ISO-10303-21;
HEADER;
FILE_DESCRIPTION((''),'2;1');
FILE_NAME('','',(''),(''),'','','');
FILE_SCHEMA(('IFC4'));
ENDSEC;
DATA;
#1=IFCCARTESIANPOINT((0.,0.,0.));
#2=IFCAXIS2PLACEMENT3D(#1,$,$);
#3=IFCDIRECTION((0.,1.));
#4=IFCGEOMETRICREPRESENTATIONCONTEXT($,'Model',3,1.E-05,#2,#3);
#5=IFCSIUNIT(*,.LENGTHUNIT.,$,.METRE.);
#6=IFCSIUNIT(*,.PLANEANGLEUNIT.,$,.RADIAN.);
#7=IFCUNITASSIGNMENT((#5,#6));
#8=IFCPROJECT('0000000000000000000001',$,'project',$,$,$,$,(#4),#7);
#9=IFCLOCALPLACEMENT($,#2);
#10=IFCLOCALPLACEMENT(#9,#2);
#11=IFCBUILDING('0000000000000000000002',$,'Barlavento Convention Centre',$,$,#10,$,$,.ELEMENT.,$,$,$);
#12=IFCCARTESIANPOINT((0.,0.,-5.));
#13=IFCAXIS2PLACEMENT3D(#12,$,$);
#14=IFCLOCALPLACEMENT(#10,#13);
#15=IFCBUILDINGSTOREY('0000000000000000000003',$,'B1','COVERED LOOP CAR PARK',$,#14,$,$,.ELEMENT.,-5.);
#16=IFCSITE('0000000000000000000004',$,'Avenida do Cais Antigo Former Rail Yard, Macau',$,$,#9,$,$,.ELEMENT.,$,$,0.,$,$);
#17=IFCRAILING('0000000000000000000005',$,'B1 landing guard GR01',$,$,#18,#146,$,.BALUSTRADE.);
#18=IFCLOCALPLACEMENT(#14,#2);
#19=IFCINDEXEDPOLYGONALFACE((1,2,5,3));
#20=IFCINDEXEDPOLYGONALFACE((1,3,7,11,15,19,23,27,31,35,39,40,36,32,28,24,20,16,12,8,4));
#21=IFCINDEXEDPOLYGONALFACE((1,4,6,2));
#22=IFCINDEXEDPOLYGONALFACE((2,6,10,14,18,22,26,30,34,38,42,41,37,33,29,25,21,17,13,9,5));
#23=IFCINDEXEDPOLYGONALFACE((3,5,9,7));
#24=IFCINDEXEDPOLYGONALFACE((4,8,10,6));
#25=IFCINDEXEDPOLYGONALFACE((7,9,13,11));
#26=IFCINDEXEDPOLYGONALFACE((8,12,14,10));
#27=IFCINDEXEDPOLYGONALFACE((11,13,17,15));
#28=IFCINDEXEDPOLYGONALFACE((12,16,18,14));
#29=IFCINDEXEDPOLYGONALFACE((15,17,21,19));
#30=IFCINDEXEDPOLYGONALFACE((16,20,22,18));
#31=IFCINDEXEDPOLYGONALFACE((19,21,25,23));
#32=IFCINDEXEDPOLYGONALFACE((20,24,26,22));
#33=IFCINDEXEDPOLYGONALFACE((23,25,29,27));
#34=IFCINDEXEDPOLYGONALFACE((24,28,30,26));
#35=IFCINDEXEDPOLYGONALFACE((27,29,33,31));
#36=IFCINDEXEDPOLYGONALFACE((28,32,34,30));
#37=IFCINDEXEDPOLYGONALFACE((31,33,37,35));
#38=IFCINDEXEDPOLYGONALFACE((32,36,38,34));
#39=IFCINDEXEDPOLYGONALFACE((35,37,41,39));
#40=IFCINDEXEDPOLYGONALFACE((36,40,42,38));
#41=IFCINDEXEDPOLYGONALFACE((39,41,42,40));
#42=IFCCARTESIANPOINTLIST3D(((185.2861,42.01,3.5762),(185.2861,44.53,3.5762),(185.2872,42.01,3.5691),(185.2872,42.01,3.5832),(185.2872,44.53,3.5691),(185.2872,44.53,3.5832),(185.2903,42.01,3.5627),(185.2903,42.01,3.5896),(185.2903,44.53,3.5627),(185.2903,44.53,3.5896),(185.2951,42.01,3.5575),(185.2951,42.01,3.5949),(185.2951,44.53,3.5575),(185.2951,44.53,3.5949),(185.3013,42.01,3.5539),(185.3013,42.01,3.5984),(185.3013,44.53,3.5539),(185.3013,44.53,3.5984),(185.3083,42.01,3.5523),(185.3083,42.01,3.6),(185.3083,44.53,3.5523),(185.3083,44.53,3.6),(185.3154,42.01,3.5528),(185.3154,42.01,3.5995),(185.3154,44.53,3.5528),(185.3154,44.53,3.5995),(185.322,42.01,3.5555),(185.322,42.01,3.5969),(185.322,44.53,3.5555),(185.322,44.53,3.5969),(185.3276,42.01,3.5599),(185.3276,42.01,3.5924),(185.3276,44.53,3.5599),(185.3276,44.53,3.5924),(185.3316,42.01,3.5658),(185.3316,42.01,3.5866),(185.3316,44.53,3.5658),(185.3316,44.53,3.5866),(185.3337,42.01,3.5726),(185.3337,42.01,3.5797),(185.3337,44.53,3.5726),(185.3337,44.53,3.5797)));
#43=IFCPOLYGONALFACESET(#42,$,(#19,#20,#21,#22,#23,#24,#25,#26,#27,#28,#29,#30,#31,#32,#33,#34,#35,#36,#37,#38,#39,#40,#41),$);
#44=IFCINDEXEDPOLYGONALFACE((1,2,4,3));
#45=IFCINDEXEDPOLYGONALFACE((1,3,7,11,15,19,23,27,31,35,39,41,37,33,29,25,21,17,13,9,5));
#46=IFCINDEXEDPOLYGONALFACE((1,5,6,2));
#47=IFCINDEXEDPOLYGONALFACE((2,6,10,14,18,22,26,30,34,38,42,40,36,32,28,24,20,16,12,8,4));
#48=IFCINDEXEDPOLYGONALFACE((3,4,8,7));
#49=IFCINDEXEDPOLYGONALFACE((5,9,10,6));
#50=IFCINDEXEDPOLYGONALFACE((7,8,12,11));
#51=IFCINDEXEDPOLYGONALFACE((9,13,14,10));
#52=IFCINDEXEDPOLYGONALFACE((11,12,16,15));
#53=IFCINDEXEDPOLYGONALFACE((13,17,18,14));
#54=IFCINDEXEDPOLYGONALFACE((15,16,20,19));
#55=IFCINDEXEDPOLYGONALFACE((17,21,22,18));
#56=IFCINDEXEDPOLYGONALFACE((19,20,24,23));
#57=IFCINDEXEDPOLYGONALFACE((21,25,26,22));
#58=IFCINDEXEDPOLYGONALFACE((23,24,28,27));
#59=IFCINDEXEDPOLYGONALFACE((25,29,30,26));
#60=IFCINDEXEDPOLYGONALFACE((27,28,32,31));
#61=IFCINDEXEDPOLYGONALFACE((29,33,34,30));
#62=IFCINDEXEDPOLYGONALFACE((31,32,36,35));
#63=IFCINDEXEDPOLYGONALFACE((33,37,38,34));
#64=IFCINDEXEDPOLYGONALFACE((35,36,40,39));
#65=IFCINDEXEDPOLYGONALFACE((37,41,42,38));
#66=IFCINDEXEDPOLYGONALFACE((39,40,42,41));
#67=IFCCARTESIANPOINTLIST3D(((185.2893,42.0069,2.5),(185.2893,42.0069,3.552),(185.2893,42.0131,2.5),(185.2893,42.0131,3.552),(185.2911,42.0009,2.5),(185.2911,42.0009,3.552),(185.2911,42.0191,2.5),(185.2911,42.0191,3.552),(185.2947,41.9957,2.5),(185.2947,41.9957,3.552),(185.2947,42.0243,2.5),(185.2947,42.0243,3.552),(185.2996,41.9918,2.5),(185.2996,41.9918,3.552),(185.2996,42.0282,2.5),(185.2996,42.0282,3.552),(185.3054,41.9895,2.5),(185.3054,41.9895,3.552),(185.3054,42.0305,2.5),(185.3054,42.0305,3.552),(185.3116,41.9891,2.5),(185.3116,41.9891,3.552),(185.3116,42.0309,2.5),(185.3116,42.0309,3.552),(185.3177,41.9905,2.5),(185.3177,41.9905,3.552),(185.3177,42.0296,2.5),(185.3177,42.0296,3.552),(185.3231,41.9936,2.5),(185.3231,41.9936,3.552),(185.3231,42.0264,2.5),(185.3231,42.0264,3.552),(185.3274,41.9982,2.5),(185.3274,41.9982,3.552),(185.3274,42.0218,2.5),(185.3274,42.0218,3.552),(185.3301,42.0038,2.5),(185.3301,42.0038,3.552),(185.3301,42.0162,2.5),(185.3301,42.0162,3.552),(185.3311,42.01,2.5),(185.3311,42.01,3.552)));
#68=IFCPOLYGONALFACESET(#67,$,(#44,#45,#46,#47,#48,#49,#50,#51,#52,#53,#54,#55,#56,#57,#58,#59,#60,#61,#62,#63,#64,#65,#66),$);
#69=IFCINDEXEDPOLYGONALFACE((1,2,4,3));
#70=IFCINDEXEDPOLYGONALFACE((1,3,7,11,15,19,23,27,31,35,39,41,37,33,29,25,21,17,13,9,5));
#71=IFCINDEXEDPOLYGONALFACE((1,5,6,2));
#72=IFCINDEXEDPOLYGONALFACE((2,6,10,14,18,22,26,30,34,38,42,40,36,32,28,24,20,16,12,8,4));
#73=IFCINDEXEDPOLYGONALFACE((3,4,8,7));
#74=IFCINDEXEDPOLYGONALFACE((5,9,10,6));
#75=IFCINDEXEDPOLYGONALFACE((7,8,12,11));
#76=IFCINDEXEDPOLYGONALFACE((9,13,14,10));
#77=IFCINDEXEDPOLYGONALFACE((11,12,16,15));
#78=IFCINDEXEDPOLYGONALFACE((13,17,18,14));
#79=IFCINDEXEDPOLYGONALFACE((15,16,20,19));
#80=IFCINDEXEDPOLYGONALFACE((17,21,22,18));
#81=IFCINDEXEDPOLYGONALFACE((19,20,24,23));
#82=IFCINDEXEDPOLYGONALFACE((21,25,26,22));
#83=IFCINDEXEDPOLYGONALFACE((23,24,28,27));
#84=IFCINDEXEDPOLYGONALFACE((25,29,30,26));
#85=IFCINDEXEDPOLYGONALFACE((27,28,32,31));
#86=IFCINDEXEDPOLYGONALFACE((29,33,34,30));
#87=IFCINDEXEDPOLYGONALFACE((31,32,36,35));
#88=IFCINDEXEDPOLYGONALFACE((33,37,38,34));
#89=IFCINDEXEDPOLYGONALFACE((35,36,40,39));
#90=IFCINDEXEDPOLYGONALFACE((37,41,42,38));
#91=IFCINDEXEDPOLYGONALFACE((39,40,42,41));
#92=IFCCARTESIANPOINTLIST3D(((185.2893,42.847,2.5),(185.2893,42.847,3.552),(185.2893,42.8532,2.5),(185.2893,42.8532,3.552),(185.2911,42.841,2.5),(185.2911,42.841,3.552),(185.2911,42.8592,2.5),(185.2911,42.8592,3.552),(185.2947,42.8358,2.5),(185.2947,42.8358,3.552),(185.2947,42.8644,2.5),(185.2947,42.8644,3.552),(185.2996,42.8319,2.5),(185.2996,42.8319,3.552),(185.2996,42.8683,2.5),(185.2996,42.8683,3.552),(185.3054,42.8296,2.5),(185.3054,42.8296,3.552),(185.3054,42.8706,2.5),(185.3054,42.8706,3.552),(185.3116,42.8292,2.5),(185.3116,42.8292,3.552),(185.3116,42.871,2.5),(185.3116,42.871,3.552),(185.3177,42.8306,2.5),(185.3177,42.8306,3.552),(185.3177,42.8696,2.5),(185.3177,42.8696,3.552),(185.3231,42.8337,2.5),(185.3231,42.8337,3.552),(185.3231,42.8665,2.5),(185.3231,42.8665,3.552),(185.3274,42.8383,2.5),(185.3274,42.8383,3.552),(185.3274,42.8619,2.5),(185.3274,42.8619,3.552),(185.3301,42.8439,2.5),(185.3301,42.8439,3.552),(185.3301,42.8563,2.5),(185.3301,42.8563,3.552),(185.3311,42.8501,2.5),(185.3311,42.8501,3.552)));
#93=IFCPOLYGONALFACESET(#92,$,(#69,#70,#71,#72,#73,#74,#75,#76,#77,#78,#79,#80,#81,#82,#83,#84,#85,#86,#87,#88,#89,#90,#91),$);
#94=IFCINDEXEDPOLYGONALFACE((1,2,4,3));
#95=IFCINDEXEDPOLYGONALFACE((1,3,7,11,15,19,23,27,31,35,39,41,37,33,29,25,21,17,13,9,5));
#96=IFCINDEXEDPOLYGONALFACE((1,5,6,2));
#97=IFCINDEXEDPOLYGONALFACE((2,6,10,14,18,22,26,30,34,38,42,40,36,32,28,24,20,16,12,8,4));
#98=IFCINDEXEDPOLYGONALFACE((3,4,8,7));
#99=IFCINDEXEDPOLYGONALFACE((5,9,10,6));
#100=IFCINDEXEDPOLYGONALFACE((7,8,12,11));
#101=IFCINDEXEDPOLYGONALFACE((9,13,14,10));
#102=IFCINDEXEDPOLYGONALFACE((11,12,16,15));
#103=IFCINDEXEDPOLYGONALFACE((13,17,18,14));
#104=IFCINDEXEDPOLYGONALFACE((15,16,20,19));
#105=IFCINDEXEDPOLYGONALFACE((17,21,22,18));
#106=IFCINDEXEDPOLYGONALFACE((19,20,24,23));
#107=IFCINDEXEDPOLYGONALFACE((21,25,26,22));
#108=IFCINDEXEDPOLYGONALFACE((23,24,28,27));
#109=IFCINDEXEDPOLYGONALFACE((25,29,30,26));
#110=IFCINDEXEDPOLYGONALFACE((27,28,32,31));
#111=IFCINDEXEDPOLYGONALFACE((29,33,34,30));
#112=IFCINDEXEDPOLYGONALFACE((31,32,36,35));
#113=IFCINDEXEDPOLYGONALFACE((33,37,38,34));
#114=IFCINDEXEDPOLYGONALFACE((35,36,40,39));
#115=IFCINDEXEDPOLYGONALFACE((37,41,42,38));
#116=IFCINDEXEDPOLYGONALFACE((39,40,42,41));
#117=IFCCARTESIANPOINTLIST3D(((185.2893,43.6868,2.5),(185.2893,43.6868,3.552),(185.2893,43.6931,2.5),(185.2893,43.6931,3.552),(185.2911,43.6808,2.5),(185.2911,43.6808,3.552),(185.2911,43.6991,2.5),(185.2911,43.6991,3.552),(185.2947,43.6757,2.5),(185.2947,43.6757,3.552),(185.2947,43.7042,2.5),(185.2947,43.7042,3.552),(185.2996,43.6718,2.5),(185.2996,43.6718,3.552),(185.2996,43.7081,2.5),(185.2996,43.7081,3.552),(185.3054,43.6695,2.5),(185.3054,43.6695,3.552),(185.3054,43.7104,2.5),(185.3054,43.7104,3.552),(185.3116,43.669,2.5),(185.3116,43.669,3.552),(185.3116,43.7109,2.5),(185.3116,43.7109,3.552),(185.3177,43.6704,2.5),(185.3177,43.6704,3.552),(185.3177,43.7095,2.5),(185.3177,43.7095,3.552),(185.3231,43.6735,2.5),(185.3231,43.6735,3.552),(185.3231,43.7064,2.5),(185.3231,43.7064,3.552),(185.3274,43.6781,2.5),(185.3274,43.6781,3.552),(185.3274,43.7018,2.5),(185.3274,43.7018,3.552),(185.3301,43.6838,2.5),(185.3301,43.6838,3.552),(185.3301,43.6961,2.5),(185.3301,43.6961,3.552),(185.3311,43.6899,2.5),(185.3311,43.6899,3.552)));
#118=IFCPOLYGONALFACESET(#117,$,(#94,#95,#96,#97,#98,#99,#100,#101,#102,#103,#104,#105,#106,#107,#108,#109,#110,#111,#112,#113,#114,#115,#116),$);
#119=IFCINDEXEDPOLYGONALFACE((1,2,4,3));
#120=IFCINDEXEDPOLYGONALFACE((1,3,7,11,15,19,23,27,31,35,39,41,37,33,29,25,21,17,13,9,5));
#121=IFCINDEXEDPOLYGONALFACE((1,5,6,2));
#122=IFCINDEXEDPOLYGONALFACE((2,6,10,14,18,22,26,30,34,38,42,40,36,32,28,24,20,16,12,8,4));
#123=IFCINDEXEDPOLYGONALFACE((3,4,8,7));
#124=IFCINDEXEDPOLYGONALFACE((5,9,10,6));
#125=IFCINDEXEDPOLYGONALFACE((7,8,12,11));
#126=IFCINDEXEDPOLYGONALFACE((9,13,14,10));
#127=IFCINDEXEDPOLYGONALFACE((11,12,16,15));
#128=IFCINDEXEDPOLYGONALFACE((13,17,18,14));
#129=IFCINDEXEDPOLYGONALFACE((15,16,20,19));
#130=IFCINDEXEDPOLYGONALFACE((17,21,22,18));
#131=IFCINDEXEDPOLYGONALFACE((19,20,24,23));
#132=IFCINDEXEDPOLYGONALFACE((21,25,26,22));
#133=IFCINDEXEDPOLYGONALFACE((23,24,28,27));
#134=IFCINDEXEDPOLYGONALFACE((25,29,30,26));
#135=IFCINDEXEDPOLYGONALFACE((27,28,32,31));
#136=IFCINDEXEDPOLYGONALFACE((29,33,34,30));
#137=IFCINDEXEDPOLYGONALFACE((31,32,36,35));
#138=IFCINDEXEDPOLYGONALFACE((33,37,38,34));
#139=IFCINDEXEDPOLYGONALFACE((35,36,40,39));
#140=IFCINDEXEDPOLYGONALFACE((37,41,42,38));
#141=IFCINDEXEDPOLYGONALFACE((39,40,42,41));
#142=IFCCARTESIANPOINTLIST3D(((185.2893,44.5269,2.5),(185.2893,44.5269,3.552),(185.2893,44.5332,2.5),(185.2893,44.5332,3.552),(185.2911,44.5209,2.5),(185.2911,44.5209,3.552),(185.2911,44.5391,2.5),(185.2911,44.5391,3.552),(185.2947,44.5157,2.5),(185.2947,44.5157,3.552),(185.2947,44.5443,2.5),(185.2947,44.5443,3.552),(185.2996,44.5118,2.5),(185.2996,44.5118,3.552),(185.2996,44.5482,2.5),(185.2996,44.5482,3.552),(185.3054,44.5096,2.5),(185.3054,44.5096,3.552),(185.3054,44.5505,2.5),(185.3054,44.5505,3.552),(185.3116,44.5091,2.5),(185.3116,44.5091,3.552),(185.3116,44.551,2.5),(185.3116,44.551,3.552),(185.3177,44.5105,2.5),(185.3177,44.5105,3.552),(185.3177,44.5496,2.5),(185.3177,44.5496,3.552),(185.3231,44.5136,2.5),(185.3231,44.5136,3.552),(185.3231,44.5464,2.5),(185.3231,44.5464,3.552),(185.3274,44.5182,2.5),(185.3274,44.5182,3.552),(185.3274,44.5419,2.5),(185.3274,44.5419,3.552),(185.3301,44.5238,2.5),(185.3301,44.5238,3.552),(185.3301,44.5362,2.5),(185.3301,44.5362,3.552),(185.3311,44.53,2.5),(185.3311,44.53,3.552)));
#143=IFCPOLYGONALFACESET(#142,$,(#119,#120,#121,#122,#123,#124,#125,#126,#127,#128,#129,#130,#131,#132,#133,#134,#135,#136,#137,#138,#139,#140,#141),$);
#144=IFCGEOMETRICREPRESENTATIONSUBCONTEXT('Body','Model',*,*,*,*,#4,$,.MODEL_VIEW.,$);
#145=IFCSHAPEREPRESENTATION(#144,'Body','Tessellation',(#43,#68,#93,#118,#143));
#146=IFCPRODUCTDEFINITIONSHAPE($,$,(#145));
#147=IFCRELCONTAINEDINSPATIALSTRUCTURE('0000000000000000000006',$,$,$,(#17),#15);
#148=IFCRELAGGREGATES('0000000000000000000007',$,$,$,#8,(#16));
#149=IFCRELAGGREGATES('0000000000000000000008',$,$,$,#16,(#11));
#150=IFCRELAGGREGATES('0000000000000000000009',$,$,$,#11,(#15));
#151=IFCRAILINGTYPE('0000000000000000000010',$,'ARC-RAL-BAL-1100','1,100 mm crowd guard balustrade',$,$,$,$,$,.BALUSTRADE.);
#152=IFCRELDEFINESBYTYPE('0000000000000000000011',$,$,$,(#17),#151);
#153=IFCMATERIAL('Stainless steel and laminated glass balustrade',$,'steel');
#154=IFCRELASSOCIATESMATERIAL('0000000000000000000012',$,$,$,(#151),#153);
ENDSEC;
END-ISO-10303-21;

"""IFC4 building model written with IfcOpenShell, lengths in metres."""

from ifc_helpers import new_model, si_unit, direction, frame, origin, origin_2d, place, context, subcontext, project, spatial, circle, extrude, material, type_object, element, save


model = new_model("IFC4")

# Units and contexts
model_context = context("Model", 3, precision=1e-05, world=origin(), true_north=direction((0.0, 1.0)))
body_context = subcontext(model_context, "Body", "Model", "MODEL_VIEW")
ifc_project = project(units=[si_unit("LENGTHUNIT", "METRE"), si_unit("PLANEANGLEUNIT", "RADIAN")], contexts=[model_context])

# Site, building, storey
site_placement = place(None, origin())
site = spatial("IfcSite", under=ifc_project, at=site_placement, Name="Avenida do Cais Antigo Former Rail Yard, Macau", CompositionType="ELEMENT", RefElevation=0.0)
building_placement = place(site_placement, origin())
building = spatial("IfcBuilding", under=site, at=building_placement, Name="Barlavento Convention Centre", CompositionType="ELEMENT")
storey_placement = place(building_placement, frame((0.0, 0.0, -5.0)))
storey = spatial("IfcBuildingStorey", under=building, at=storey_placement, Name="B1", Description="COVERED LOOP CAR PARK", CompositionType="ELEMENT", Elevation=-5.0)

# Railing
ifc_material_1 = material(Name="Stainless steel and laminated glass balustrade", Category="steel")
railing_type_1 = type_object("IfcRailingType", Name="ARC-RAL-BAL-1100", Description="1,100 mm crowd guard balustrade", PredefinedType="BALUSTRADE", material=ifc_material_1)
for number, where, name in (
    (1, (185.3101, 42.01, 2.5), "B1 landing guard GR01"),
):
    element("IfcRailing", number, at=place(storey_placement, frame(where)), inside=storey, type_object=railing_type_1, Name=name, PredefinedType="BALUSTRADE", context=body_context, shape_type="SweptSolid", body=[
        extrude(circle(Radius=0.0239, at=origin_2d()), frame((0.0, 0.0, 1.0762), z_axis=(0.0, 1.0, 0.0), x_axis=(-1.0, 0.0, 0.0)), (0.0, 0.0, 1.0), 2.52),
        extrude(circle(Radius=0.021, at=origin_2d()), origin(), (0.0, 0.0, 1.0), 1.052),
        extrude(circle(Radius=0.021, at=origin_2d()), frame((0.0, 0.8401, 0.0)), (0.0, 0.0, 1.0), 1.052),
        extrude(circle(Radius=0.021, at=origin_2d()), frame((0.0, 1.6799, 0.0)), (0.0, 0.0, 1.0), 1.052),
        extrude(circle(Radius=0.021, at=origin_2d()), frame((0.0, 2.52, 0.0)), (0.0, 0.0, 1.0), 1.052),
    ])

save(model, "model.ifc")
